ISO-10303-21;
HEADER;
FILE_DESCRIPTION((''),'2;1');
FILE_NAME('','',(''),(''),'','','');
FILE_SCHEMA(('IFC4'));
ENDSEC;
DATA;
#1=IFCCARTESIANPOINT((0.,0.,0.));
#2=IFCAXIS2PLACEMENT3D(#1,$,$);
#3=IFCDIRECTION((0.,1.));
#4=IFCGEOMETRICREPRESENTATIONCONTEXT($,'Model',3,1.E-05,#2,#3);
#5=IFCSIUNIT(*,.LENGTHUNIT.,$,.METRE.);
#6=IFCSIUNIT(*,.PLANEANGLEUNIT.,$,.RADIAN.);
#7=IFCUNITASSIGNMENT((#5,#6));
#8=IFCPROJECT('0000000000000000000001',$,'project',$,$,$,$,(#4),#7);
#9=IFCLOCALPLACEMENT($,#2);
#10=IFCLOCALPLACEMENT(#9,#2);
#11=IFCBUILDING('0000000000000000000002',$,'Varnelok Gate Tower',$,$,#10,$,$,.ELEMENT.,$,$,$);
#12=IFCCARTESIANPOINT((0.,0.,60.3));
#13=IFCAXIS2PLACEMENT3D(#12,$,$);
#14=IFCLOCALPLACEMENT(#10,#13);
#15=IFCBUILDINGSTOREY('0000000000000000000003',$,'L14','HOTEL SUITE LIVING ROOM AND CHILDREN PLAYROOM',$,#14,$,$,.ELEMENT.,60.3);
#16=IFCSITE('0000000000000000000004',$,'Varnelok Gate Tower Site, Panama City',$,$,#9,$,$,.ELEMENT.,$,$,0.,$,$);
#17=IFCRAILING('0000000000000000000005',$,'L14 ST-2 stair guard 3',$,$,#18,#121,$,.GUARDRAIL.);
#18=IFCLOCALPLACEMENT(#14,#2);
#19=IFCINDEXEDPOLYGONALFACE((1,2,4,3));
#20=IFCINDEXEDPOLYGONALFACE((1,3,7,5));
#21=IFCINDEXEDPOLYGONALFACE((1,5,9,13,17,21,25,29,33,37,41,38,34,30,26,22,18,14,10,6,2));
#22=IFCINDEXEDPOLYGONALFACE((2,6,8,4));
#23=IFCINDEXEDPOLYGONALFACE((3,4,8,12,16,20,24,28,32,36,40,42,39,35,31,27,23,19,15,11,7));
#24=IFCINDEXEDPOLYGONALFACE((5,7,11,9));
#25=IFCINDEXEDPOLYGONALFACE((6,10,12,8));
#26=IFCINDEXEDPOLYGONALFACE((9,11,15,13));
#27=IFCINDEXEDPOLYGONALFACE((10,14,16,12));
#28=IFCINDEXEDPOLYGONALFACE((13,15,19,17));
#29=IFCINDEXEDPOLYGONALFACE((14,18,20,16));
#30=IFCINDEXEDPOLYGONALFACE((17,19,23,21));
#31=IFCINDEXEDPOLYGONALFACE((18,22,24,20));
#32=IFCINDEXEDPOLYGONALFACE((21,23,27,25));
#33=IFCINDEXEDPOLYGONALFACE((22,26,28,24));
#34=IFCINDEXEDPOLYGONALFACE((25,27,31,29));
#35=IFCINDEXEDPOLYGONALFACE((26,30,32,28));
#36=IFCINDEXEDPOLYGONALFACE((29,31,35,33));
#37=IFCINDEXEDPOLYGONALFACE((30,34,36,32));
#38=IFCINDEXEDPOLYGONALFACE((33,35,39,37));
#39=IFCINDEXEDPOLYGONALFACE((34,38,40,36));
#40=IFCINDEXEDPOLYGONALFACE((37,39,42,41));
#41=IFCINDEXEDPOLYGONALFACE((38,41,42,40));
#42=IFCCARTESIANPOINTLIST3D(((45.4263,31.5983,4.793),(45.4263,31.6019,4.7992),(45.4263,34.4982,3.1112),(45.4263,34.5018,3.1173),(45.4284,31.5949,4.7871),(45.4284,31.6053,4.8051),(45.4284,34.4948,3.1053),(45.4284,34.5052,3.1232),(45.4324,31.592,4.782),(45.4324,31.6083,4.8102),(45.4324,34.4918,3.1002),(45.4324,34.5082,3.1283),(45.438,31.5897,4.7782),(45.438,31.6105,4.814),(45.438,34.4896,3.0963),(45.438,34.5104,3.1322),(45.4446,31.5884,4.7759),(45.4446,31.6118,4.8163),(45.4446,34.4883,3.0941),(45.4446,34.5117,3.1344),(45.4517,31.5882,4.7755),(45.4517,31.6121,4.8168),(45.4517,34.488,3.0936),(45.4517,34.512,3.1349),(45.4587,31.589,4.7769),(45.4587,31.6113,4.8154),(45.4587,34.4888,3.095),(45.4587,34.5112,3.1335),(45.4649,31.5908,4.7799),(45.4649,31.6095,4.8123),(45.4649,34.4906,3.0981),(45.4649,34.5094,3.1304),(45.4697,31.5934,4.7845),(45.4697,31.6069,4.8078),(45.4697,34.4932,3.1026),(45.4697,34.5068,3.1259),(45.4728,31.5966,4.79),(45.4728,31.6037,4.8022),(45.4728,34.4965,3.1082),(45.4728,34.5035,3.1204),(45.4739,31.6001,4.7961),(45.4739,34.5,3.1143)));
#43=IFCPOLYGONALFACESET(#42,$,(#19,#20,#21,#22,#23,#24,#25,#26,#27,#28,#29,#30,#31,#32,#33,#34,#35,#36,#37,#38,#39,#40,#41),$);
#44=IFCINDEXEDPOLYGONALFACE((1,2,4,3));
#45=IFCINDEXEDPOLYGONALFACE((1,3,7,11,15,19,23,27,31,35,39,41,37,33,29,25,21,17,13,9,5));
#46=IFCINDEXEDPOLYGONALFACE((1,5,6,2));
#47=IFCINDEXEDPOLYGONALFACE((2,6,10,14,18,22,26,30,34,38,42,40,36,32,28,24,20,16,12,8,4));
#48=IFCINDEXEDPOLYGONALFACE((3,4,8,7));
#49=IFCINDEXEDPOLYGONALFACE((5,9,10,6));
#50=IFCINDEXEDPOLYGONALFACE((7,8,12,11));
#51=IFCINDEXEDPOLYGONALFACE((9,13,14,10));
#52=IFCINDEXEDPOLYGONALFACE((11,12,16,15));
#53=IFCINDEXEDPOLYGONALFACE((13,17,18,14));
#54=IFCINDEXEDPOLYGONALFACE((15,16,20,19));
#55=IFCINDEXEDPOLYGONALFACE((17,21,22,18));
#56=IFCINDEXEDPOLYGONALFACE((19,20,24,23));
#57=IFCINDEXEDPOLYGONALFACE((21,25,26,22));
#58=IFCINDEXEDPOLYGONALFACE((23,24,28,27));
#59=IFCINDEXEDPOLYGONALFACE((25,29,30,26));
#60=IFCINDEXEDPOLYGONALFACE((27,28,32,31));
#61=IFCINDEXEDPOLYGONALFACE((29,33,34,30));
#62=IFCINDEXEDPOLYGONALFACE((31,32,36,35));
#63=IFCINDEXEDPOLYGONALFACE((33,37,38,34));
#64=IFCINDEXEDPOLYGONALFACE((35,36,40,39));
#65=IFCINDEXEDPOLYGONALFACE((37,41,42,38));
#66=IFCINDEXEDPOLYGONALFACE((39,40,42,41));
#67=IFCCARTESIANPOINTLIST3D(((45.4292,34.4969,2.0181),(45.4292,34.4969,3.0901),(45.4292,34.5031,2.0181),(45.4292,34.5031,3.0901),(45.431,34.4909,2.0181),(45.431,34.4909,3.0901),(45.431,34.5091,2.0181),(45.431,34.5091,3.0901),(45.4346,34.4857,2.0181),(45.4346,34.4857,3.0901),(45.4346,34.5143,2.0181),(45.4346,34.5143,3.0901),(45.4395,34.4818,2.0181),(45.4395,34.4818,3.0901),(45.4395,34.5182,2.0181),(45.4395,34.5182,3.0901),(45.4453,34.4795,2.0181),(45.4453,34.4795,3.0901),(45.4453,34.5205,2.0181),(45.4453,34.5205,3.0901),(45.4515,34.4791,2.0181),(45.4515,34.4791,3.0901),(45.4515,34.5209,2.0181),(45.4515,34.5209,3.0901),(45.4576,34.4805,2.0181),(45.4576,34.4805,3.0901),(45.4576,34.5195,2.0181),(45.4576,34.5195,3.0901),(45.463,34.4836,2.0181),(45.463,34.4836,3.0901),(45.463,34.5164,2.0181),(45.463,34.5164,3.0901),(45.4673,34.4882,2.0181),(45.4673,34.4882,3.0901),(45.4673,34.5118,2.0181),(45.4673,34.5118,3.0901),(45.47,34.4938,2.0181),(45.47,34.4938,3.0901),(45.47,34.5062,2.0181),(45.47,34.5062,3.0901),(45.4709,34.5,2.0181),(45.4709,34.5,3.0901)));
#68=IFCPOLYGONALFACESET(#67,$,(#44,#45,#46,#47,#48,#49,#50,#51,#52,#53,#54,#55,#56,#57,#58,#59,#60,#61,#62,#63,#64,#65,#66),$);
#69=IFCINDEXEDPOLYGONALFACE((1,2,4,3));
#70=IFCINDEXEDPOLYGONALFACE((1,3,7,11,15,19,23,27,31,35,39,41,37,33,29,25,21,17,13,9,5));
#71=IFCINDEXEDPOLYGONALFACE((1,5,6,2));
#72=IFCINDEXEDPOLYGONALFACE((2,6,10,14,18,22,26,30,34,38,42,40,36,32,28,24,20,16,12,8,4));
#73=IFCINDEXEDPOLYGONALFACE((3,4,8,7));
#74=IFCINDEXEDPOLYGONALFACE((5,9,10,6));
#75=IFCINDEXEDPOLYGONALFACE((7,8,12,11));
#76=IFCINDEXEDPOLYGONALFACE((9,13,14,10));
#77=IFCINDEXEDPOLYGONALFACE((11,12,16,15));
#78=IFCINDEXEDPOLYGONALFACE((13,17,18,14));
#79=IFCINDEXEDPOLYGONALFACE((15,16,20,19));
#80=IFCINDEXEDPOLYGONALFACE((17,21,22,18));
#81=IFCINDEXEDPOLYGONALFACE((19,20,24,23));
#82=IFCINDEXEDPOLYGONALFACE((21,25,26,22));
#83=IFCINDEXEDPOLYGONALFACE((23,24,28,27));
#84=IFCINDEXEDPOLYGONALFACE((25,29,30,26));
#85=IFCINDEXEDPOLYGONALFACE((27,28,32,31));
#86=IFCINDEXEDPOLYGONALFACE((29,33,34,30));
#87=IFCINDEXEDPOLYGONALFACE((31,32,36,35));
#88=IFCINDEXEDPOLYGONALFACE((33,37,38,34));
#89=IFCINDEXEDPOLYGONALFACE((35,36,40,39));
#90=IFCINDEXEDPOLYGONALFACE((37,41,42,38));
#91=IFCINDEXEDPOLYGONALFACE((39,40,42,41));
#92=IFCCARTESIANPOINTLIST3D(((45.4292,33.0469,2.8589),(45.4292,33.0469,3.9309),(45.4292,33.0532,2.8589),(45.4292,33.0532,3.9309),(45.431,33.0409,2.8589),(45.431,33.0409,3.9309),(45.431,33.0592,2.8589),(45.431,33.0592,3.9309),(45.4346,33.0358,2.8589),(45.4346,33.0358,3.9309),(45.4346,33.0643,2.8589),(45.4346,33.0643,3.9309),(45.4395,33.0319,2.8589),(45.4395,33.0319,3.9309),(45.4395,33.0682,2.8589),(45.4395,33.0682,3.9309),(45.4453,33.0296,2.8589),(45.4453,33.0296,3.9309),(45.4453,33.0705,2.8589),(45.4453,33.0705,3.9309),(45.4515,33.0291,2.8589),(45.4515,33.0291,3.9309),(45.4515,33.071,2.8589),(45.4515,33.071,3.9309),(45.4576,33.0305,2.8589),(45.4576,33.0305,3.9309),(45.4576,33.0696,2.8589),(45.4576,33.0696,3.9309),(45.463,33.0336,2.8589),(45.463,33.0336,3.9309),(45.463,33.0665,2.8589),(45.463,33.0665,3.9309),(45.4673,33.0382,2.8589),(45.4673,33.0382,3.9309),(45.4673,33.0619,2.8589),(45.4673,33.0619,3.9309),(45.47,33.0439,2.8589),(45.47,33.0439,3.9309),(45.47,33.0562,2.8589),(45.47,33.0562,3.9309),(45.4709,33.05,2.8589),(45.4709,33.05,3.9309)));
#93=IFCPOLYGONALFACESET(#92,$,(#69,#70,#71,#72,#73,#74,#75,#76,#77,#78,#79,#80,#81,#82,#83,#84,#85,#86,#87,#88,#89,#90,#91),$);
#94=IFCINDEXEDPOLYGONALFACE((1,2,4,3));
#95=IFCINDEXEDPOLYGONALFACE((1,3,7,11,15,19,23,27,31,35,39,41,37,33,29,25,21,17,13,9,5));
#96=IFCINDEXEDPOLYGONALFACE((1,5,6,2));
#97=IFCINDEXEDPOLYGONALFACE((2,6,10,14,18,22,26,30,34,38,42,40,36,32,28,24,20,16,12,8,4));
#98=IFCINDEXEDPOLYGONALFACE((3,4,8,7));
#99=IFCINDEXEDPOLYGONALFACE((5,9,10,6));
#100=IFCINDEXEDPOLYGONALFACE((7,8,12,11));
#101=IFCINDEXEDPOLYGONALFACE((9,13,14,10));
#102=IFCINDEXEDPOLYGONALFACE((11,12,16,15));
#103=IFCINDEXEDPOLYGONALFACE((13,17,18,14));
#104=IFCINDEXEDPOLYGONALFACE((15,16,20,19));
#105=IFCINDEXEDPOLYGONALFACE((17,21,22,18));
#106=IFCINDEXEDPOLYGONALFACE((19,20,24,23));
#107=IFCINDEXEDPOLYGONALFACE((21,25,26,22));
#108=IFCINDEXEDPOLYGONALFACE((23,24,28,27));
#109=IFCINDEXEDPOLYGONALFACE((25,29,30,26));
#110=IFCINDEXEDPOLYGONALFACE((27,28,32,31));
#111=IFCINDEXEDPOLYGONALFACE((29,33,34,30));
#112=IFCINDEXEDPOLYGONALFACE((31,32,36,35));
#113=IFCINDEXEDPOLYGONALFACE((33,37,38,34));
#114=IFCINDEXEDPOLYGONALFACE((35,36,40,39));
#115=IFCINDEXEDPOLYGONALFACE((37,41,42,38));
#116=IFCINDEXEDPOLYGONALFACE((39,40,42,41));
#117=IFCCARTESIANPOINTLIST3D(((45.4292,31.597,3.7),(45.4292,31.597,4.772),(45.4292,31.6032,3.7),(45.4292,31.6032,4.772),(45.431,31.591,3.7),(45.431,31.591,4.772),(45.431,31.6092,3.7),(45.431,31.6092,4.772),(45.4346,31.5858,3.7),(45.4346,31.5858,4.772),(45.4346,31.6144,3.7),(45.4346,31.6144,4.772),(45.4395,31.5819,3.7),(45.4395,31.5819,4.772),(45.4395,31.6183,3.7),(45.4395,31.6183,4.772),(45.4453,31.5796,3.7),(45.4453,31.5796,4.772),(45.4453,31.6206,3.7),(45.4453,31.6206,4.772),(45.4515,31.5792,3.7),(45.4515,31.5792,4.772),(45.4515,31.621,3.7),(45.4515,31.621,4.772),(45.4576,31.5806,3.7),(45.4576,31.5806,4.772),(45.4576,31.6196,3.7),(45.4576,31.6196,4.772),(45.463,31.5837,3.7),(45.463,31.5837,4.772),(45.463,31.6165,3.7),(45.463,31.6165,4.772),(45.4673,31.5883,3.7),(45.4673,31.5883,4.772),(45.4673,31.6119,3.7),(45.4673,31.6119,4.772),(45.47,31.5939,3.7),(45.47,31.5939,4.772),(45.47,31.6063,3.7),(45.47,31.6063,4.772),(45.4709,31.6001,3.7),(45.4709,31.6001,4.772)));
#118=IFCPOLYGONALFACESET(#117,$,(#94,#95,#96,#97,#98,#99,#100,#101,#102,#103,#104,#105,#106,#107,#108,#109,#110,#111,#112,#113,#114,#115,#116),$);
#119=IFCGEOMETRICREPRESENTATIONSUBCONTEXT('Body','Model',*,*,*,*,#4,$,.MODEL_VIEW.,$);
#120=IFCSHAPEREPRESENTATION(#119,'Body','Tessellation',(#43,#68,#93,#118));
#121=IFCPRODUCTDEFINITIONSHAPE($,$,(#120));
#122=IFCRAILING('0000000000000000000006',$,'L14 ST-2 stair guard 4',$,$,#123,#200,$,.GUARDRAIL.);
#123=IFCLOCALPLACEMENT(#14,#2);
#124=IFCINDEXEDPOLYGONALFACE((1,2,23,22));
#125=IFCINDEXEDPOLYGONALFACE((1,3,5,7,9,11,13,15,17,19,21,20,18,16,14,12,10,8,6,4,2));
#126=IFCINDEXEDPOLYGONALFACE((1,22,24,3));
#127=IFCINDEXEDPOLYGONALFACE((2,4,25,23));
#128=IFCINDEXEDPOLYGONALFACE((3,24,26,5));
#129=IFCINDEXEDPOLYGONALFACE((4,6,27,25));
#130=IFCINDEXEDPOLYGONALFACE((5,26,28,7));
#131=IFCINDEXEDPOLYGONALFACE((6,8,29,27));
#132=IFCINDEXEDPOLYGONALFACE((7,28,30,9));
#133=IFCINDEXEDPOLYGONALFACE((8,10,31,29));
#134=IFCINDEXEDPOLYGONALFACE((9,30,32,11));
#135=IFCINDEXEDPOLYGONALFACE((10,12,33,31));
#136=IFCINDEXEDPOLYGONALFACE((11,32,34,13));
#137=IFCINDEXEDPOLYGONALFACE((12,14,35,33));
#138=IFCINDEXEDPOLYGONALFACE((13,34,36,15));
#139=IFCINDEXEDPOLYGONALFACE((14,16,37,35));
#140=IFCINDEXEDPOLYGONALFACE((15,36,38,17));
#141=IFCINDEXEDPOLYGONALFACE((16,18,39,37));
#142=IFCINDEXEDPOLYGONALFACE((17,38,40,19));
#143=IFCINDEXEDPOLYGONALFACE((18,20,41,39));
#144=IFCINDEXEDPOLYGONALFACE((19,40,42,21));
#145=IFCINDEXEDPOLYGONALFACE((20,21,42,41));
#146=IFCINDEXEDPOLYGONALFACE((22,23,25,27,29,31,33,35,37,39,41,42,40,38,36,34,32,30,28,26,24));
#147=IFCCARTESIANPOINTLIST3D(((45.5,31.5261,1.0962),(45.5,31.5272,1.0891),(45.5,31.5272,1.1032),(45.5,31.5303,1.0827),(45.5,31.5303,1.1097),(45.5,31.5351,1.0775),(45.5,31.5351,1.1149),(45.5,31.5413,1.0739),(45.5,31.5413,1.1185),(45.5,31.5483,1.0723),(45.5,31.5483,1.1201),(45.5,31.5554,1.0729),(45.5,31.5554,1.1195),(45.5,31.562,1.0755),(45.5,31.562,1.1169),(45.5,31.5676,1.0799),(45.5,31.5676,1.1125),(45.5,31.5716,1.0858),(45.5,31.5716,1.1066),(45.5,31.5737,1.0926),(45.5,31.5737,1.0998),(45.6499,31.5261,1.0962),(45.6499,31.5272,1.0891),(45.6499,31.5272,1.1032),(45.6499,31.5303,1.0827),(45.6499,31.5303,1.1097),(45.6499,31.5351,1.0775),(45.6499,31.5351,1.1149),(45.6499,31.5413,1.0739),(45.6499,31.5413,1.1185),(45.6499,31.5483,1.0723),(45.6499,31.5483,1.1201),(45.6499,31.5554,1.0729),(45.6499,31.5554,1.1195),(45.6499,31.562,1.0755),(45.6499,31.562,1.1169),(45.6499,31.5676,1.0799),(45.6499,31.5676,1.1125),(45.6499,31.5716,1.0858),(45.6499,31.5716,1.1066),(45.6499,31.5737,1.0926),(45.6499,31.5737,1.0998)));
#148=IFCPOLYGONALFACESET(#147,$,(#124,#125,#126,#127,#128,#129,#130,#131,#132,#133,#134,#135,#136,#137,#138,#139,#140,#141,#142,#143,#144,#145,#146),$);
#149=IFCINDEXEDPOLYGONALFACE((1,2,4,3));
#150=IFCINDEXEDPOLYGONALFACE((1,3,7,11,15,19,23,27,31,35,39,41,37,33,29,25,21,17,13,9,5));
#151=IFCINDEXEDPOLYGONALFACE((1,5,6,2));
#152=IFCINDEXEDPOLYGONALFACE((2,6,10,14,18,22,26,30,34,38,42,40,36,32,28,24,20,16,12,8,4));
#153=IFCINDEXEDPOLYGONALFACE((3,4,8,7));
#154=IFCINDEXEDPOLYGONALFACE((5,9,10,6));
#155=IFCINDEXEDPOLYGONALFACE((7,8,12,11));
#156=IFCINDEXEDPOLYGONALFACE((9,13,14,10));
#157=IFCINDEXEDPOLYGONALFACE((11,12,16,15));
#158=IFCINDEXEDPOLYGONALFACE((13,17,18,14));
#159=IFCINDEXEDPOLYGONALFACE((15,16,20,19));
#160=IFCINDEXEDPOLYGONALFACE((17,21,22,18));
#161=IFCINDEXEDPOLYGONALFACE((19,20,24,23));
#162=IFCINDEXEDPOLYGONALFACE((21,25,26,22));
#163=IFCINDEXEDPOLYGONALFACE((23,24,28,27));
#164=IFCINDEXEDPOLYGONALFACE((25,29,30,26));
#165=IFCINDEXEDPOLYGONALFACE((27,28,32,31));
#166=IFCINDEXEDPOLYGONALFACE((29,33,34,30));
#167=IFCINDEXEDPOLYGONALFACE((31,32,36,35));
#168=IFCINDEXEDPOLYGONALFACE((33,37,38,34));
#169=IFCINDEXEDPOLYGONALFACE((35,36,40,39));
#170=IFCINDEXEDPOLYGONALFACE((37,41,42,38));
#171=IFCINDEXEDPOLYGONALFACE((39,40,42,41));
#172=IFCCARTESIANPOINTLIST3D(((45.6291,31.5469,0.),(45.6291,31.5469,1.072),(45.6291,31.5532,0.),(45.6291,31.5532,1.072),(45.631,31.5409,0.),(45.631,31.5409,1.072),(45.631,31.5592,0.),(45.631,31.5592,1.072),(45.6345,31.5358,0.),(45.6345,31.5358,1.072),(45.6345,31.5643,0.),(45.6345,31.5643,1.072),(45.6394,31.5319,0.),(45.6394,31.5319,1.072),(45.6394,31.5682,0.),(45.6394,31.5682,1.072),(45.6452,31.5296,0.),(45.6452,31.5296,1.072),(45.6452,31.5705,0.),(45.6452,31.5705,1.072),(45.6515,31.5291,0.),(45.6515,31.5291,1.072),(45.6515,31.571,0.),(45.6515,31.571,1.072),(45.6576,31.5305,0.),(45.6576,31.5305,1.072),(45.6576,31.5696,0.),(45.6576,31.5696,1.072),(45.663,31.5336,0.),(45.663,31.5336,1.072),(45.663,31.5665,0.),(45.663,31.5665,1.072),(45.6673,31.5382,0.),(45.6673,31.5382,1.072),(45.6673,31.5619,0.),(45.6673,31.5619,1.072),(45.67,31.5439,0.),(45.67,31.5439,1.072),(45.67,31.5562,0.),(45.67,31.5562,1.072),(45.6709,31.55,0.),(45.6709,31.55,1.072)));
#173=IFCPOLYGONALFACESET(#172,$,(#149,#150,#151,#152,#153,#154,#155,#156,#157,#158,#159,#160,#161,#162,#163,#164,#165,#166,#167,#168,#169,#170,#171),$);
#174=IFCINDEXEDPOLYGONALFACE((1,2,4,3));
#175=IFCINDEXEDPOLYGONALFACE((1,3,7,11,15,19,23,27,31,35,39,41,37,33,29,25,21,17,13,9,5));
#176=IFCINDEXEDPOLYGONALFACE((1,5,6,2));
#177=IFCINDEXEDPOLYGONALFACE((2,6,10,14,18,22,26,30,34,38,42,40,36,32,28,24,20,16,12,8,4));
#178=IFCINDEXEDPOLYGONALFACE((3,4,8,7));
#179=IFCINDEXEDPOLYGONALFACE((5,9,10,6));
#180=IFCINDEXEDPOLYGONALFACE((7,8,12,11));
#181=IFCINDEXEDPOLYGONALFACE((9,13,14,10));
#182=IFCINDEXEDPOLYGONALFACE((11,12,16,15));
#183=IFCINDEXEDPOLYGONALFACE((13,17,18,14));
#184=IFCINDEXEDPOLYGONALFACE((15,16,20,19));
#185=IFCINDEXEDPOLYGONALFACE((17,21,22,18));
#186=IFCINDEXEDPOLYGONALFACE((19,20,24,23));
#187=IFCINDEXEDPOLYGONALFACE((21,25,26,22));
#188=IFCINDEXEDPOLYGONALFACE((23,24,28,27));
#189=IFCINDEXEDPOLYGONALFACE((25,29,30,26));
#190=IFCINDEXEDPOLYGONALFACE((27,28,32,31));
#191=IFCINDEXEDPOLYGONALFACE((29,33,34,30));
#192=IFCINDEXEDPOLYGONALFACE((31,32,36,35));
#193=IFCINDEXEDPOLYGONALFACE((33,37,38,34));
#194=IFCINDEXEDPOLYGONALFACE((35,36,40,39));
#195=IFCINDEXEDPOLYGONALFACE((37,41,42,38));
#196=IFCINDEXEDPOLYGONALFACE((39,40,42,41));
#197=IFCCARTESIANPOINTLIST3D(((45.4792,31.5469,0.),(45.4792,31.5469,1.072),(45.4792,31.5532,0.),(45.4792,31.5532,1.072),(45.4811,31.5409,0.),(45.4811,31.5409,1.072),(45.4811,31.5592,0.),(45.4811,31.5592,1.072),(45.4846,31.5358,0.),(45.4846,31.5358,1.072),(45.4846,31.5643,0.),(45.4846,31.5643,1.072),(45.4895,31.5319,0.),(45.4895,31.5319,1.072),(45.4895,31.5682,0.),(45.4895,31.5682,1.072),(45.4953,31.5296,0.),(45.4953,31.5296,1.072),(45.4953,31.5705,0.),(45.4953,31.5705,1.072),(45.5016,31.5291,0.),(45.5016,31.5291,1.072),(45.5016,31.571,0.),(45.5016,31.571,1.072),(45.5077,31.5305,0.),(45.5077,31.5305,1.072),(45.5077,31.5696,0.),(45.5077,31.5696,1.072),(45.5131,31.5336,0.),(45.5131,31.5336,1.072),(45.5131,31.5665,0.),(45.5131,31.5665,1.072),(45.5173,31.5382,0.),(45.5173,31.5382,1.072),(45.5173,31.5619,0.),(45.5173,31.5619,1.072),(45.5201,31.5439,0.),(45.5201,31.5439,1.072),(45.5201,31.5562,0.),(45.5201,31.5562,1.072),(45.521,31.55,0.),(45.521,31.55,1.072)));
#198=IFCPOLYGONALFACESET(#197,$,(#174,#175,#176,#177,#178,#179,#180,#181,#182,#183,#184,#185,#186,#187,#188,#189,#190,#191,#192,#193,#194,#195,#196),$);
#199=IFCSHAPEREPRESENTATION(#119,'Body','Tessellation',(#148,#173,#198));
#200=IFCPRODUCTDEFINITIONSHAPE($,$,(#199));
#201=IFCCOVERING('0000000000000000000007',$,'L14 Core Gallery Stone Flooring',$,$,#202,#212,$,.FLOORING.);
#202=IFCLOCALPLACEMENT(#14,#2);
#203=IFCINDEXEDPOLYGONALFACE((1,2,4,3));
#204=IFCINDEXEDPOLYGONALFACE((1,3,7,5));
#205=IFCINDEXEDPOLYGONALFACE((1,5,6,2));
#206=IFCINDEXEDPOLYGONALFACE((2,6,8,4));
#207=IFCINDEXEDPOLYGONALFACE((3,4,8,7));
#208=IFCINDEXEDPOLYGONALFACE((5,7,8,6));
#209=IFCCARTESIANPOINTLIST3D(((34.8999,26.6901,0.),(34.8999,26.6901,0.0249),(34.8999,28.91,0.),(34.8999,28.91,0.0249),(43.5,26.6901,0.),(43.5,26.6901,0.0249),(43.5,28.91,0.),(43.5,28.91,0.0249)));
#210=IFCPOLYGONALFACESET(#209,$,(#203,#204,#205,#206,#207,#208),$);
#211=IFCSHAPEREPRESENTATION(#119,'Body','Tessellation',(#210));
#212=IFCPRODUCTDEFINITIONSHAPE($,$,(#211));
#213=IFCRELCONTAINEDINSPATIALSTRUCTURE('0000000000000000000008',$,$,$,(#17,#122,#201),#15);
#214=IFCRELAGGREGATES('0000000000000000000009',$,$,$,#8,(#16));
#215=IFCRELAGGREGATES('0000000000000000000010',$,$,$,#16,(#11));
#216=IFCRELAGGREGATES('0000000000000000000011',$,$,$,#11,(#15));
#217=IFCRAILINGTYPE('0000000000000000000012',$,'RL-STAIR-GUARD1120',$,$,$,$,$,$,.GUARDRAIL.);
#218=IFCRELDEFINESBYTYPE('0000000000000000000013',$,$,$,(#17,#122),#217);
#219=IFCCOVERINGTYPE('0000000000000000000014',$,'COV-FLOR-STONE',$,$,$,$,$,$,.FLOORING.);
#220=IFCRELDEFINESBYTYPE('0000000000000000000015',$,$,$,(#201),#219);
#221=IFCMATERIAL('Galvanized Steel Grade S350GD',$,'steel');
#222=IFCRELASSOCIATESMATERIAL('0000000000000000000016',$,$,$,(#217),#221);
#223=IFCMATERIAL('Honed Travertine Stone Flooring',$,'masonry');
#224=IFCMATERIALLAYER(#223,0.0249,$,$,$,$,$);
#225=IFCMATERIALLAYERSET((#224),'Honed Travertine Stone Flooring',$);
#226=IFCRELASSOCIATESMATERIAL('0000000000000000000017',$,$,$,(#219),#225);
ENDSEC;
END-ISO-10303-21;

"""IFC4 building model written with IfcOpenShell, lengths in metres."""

from ifc_helpers import new_model, si_unit, direction, frame, origin, origin_2d, place, context, subcontext, project, spatial, rectangle, circle, extrude, source, transform, mapped, material, layer, layer_set, type_object, element, save


model = new_model("IFC4")

# Units and contexts
model_context = context("Model", 3, precision=1e-05, world=origin(), true_north=direction((0.0, 1.0)))
body_context = subcontext(model_context, "Body", "Model", "MODEL_VIEW")
ifc_project = project(units=[si_unit("LENGTHUNIT", "METRE"), si_unit("PLANEANGLEUNIT", "RADIAN")], contexts=[model_context])

# Site, building, storey
site_placement = place(None, origin())
site = spatial("IfcSite", under=ifc_project, at=site_placement, Name="Varnelok Gate Tower Site, Panama City", CompositionType="ELEMENT", RefElevation=0.0)
building_placement = place(site_placement, origin())
building = spatial("IfcBuilding", under=site, at=building_placement, Name="Varnelok Gate Tower", CompositionType="ELEMENT")
storey_placement = place(building_placement, frame((0.0, 0.0, 60.3)))
storey = spatial("IfcBuildingStorey", under=building, at=storey_placement, Name="L14", Description="HOTEL SUITE LIVING ROOM AND CHILDREN PLAYROOM", CompositionType="ELEMENT", Elevation=60.3)

# Shared definitions
ifc_material_1 = material(Name="Galvanized Steel Grade S350GD", Category="steel")

# Railings
railing_type_1 = type_object("IfcRailingType", Name="RL-STAIR-GUARD1120", PredefinedType="GUARDRAIL", material=ifc_material_1)
railing_1_placement = place(storey_placement, frame((45.45, 34.5, 2.0181)))
element("IfcRailing", 1, at=railing_1_placement, inside=storey, type_object=railing_type_1, Name="L14 ST-2 stair guard 3", PredefinedType="GUARDRAIL", context=body_context, shape_type="SweptSolid", body=[
    extrude(circle(Radius=0.0239, at=origin_2d()), frame((0.0, 0.0, 1.0962), z_axis=(0.0, -0.865039, 0.501705), x_axis=(1.0, 0.0, 0.0)), (0.0, 0.0, 1.0), 3.3523),
    extrude(circle(Radius=0.021, at=origin_2d()), origin(), (0.0, 0.0, 1.0), 1.072),
    extrude(circle(Radius=0.021, at=origin_2d()), frame((0.0, -1.45, 0.8408)), (0.0, 0.0, 1.0), 1.072),
    extrude(circle(Radius=0.021, at=origin_2d()), frame((0.0, -2.8999, 1.6819)), (0.0, 0.0, 1.0), 1.072),
])
railing_2_placement = place(storey_placement, frame((45.6499, 31.55, 0.0)))
element("IfcRailing", 2, at=railing_2_placement, inside=storey, type_object=railing_type_1, Name="L14 ST-2 stair guard 4", PredefinedType="GUARDRAIL", context=body_context, shape_type="SweptSolid", body=[
    extrude(circle(Radius=0.0239, at=origin_2d()), frame((0.0, 0.0, 1.0962), z_axis=(-1.0, 0.0, 0.0), x_axis=(0.0, -1.0, 0.0)), (0.0, 0.0, 1.0), 0.1499),
    extrude(circle(Radius=0.021, at=origin_2d()), origin(), (0.0, 0.0, 1.0), 1.072),
    extrude(circle(Radius=0.021, at=origin_2d()), frame((-0.1499, 0.0, 0.0)), (0.0, 0.0, 1.0), 1.072),
])

# Covering
ifc_material_2 = material(Name="Honed Travertine Stone Flooring", Category="masonry")
ifc_layer_1 = layer(ifc_material_2, 0.0249)
ifc_layer_set_1 = layer_set([ifc_layer_1], Name="Honed Travertine Stone Flooring")
covering_type_1 = type_object("IfcCoveringType", Name="COV-FLOR-STONE", PredefinedType="FLOORING", material=ifc_layer_set_1)
shared_shape_1 = source(origin(), body_context, "Body", "SweptSolid", [
    extrude(rectangle(XDim=8.6001, YDim=2.22, at=origin_2d()), origin(), (0.0, 0.0, 1.0), 0.0249),
])
covering_1_placement = place(storey_placement, frame((39.2, 27.8, 0.0), z_axis=(0.0, 0.0, 1.0), x_axis=(1.0, 0.0, 0.0)))
element("IfcCovering", 3, at=covering_1_placement, inside=storey, type_object=covering_type_1, Name="L14 Core Gallery Stone Flooring", PredefinedType="FLOORING", context=body_context, shape_type="MappedRepresentation", body=[
    mapped(shared_shape_1, transform((0.0, 0.0, 0.0), scale=1.0)),
])

save(model, "model.ifc")
